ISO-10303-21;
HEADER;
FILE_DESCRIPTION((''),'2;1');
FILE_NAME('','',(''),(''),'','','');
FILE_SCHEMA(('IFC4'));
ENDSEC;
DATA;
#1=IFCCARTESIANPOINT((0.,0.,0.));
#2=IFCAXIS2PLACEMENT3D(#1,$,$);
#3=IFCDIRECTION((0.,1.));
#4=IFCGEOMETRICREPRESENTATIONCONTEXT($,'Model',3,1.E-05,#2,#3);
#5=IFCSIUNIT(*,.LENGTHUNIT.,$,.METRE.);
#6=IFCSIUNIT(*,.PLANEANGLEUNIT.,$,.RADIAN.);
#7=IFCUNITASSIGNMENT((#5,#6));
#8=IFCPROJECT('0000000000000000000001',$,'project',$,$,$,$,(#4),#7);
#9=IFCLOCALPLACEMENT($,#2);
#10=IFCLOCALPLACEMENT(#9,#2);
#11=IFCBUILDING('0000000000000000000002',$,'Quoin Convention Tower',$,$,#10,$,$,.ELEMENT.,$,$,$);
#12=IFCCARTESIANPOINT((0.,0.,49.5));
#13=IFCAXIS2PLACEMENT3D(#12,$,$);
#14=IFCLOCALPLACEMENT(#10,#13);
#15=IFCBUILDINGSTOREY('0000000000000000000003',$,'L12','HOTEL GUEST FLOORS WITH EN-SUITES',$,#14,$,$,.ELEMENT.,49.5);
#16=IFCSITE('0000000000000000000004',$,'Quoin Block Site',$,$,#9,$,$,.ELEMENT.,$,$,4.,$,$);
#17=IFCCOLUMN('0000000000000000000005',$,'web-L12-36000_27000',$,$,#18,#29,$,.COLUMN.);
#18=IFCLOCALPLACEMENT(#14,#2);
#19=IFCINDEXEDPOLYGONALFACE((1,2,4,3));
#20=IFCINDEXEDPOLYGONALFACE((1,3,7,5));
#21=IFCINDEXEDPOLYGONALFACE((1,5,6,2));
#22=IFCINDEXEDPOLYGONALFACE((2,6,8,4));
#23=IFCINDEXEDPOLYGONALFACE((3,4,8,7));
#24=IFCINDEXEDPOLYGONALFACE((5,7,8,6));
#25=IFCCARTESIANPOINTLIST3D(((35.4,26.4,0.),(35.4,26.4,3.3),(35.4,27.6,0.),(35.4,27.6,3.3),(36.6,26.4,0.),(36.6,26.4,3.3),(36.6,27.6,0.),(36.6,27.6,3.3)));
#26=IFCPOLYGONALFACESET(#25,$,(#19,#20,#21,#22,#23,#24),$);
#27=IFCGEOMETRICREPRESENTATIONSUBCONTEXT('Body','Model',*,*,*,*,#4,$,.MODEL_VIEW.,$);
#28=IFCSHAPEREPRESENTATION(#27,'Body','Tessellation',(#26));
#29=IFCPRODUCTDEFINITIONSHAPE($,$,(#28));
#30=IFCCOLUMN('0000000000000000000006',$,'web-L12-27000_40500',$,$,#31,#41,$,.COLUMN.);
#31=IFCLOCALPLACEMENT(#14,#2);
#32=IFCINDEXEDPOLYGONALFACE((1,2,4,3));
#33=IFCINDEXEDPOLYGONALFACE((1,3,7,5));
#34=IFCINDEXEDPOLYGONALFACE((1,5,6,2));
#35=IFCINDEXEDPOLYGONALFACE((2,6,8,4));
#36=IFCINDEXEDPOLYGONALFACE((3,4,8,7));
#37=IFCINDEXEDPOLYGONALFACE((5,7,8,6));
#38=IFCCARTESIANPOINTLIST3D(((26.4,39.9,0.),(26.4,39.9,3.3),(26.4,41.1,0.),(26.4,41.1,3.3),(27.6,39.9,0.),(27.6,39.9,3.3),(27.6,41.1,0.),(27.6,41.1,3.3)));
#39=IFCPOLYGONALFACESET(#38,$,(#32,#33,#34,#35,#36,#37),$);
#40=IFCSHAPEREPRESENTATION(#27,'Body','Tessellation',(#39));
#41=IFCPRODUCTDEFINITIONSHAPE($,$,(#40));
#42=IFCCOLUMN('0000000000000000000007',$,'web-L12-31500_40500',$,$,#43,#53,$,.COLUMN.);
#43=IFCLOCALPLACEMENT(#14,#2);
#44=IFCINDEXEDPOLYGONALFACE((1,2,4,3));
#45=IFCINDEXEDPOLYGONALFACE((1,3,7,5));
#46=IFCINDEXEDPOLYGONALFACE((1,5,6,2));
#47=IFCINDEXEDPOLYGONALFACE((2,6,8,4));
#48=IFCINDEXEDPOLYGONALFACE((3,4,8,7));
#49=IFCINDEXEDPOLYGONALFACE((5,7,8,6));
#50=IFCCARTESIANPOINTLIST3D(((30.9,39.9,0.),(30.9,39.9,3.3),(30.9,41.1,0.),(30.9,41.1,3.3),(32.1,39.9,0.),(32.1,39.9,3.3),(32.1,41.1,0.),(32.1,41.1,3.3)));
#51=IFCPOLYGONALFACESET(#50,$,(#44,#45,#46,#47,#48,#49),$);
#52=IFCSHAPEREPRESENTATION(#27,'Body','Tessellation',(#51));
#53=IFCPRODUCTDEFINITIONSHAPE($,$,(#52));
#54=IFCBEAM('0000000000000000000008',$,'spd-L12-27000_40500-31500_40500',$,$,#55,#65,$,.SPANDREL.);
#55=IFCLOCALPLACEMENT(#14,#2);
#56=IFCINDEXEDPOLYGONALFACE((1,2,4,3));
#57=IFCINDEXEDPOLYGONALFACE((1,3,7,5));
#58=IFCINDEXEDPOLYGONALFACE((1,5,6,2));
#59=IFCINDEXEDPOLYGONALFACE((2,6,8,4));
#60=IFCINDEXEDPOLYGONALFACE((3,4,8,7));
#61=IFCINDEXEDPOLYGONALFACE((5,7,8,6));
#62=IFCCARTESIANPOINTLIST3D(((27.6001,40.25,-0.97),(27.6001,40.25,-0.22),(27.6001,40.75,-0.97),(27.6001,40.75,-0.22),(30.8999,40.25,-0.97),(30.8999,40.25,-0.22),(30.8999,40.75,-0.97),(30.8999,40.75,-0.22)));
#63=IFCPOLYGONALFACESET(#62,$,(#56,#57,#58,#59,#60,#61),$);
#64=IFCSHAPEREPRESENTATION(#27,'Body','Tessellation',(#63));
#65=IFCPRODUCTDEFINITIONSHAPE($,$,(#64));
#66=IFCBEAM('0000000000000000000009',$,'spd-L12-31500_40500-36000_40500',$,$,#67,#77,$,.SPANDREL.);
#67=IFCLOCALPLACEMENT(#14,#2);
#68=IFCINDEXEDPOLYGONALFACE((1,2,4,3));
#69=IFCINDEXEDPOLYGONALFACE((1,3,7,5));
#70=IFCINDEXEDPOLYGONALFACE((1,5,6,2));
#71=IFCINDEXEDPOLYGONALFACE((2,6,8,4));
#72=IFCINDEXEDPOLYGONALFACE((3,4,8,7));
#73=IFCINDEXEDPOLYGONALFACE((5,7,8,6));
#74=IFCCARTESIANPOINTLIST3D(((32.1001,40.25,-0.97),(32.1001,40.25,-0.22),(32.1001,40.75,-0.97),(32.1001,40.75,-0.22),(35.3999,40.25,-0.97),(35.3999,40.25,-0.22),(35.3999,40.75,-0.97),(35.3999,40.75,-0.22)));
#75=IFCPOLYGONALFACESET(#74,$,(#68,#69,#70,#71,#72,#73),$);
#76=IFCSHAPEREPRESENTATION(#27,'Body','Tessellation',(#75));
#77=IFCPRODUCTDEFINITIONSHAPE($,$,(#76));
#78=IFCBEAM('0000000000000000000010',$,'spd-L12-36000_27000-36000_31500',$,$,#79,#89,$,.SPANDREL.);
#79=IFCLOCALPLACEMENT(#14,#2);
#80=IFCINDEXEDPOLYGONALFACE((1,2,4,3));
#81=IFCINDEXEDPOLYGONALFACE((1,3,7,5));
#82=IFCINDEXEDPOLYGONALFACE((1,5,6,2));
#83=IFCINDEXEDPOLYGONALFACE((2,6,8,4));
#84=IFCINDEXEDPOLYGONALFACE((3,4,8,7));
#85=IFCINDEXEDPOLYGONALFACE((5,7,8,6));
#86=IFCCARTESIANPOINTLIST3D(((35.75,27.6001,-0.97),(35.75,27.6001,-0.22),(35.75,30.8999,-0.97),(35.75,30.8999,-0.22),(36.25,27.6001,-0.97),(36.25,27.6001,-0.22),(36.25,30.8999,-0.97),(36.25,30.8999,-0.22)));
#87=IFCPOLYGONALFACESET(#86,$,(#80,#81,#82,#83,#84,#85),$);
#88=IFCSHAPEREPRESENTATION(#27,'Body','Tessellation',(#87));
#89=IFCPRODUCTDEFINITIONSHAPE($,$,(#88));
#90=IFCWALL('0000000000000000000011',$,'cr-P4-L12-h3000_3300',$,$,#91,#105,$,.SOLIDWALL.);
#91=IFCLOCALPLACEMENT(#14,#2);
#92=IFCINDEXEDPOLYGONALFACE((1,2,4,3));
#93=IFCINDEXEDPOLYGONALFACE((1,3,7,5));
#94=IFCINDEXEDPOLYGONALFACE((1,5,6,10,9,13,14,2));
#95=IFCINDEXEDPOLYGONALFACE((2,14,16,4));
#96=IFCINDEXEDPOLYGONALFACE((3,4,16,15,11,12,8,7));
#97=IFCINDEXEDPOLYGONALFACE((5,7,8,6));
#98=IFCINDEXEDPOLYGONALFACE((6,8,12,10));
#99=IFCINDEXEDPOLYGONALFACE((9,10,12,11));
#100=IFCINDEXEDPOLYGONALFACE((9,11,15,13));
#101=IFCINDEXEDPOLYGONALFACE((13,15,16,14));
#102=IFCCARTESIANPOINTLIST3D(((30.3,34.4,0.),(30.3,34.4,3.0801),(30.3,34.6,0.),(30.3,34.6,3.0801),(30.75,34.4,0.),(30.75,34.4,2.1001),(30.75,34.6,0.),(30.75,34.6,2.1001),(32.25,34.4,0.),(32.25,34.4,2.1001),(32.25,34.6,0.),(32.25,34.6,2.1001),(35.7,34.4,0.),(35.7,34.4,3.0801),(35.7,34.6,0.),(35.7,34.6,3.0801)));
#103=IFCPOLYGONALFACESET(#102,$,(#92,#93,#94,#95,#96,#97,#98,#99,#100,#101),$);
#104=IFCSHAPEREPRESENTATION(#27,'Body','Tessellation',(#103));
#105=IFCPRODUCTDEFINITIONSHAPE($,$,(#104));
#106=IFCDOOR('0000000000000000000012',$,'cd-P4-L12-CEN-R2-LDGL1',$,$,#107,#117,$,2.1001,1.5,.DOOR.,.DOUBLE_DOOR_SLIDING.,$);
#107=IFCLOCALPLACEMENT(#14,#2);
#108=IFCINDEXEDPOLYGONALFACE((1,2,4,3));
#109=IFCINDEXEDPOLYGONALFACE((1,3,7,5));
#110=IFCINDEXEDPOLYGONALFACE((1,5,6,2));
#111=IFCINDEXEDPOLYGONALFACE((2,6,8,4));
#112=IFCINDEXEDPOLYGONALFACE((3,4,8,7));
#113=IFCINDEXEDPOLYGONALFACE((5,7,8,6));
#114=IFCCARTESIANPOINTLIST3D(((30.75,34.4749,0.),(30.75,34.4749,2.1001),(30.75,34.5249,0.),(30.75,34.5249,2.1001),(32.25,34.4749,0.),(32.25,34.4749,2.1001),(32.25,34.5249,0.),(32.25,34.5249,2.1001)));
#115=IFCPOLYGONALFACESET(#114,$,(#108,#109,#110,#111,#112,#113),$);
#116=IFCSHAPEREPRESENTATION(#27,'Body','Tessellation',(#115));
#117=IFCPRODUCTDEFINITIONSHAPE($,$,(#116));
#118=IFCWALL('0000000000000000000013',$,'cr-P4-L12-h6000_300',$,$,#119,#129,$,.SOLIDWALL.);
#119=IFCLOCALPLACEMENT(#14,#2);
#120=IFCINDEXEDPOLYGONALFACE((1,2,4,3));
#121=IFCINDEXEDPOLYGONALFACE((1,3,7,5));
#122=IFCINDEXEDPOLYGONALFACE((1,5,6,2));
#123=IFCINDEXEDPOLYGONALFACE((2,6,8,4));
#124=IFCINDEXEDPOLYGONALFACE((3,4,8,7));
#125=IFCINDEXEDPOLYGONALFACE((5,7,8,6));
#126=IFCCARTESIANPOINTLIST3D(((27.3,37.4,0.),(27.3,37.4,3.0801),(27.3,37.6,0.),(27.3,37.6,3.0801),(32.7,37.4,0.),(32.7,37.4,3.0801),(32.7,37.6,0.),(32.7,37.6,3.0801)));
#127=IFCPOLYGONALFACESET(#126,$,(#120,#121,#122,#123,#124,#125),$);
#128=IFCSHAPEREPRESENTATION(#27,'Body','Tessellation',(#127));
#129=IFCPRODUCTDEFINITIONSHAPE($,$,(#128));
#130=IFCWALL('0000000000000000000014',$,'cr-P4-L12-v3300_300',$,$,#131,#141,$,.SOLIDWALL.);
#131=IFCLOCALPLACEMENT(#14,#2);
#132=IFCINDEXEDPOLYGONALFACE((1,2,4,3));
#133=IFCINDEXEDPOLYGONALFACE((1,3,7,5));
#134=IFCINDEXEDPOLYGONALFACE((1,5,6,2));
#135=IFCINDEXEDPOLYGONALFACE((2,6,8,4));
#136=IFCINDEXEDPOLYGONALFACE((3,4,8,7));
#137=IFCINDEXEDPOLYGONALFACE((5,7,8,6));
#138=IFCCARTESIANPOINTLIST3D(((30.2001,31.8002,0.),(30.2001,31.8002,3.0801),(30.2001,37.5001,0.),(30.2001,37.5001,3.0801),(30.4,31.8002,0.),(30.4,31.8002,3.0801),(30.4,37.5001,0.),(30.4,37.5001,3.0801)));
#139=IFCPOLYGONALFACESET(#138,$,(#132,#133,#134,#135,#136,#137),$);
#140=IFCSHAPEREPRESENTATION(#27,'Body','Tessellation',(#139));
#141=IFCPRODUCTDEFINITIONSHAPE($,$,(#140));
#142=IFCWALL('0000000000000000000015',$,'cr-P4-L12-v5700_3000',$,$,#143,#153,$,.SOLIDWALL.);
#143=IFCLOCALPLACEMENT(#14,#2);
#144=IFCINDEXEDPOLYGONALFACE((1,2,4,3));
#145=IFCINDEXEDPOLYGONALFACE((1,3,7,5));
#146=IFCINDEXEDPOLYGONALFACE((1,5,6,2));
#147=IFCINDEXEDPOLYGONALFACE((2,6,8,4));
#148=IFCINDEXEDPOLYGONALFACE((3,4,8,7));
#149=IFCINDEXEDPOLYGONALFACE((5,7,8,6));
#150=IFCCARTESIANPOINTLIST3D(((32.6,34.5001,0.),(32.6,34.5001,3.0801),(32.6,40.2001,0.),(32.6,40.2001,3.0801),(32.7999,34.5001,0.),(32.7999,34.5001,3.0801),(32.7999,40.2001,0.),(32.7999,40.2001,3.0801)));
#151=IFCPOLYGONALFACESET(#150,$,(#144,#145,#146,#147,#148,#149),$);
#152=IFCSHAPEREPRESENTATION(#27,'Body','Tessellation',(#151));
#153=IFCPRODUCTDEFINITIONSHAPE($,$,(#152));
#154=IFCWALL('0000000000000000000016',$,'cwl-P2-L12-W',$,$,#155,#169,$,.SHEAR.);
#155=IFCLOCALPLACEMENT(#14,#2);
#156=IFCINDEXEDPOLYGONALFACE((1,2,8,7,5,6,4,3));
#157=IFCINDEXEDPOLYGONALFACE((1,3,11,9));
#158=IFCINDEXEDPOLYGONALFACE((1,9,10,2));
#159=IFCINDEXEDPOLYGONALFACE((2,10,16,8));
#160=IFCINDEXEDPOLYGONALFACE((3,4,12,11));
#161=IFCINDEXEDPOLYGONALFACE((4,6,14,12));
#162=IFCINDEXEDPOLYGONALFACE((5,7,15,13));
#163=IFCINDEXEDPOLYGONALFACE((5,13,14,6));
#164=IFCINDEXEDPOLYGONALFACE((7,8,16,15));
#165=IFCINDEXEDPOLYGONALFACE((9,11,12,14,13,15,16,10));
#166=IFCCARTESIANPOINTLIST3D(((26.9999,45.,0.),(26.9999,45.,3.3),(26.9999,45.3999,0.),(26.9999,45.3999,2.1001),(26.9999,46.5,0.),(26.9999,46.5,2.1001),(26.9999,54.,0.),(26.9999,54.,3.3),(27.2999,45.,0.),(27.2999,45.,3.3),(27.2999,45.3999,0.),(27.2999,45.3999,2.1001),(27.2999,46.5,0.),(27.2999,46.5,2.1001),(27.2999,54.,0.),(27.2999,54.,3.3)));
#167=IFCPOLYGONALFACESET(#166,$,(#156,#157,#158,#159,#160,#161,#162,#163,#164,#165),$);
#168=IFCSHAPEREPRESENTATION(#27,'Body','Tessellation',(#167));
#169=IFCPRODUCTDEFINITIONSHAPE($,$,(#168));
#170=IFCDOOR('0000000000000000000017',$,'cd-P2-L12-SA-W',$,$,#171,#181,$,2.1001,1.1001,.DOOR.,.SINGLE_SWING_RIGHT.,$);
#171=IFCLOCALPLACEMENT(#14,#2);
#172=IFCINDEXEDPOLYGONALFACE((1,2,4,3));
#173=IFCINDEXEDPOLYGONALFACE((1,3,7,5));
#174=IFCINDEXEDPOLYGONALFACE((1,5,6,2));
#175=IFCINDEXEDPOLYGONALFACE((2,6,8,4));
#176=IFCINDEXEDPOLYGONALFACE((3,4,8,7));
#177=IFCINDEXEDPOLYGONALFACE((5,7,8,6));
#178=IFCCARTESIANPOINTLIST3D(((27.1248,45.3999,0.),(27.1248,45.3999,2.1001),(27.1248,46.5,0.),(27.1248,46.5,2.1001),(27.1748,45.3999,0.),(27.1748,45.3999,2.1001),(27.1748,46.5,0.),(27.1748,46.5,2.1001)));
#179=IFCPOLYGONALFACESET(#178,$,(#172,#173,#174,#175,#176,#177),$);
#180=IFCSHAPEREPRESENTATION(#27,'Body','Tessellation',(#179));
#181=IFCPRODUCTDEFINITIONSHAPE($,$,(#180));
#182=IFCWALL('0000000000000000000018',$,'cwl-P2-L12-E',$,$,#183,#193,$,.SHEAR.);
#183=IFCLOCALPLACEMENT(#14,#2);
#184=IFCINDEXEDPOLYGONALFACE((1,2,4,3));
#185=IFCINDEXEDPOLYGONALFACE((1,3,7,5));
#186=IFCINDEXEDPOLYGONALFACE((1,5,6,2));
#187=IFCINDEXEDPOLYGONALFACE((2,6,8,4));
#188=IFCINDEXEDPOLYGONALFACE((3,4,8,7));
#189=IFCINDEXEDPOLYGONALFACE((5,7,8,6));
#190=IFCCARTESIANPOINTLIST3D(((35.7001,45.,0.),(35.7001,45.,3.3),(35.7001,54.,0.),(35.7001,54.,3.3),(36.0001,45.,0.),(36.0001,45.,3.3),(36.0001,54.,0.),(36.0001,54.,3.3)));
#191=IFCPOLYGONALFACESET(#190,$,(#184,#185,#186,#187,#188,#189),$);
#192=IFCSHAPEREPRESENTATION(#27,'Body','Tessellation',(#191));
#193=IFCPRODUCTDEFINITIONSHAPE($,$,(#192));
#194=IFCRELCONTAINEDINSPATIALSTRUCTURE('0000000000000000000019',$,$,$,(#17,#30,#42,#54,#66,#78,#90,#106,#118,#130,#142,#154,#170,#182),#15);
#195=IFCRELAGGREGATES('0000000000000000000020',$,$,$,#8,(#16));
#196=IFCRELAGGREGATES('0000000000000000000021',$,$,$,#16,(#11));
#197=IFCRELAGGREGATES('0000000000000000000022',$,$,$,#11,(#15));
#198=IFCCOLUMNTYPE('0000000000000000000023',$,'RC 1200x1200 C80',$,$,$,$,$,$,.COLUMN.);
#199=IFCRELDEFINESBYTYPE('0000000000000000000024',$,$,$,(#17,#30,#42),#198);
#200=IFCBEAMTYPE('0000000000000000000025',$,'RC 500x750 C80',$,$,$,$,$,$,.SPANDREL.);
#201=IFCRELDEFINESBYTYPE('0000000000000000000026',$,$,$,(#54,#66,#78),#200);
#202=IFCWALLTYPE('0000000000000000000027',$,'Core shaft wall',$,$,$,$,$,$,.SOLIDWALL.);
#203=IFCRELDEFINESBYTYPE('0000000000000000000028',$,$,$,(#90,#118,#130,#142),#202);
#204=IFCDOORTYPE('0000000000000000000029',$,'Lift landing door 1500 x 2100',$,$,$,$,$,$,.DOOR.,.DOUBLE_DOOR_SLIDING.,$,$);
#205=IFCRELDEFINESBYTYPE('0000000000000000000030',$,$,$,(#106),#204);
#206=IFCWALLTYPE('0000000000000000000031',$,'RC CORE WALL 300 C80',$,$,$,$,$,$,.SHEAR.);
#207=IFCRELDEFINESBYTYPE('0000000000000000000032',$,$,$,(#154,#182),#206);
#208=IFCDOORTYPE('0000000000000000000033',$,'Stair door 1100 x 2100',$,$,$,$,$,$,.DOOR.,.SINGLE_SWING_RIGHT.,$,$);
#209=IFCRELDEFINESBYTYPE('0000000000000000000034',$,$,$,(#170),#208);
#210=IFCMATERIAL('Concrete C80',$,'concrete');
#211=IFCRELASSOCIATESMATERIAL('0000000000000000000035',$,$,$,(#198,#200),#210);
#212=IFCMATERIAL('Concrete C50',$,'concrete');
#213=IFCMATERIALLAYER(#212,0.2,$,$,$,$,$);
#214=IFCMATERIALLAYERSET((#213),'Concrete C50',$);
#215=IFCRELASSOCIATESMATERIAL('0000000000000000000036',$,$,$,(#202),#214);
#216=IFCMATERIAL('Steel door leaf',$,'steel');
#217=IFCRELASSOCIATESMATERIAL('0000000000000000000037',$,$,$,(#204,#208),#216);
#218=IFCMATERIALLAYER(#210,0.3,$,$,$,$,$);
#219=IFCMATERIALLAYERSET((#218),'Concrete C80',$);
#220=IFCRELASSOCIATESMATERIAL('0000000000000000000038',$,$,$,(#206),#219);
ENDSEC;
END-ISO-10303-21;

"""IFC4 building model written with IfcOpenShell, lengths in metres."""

from ifc_helpers import new_model, si_unit, direction, frame, frame_2d, origin, origin_2d, place, context, subcontext, project, spatial, rectangle, extrude, material, layer, layer_set, material_profile, profile_set, type_object, element, fill, save


model = new_model("IFC4")

# Units and contexts
model_context = context("Model", 3, precision=1e-05, world=origin(), true_north=direction((0.0, 1.0)))
body_context = subcontext(model_context, "Body", "Model", "MODEL_VIEW")
ifc_project = project(units=[si_unit("LENGTHUNIT", "METRE"), si_unit("PLANEANGLEUNIT", "RADIAN")], contexts=[model_context])

# Site, building, storey
site_placement = place(None, origin())
site = spatial("IfcSite", under=ifc_project, at=site_placement, Name="Quoin Block Site", CompositionType="ELEMENT", RefElevation=4.0)
building_placement = place(site_placement, origin())
building = spatial("IfcBuilding", under=site, at=building_placement, Name="Quoin Convention Tower", CompositionType="ELEMENT")
storey_placement = place(building_placement, frame((0.0, 0.0, 49.5)))
storey = spatial("IfcBuildingStorey", under=building, at=storey_placement, Name="L12", Description="HOTEL GUEST FLOORS WITH EN-SUITES", CompositionType="ELEMENT", Elevation=49.5)

# Columns
ifc_material_1 = material(Name="Concrete C80", Category="concrete")
ifc_material_profile_1 = material_profile(ifc_material_1, rectangle(XDim=1.2, YDim=1.2, at=origin_2d()), Name="RC 1200x1200")
ifc_profile_set_1 = profile_set([ifc_material_profile_1], Name="Concrete C80")
column_type = type_object("IfcColumnType", Name="RC 1200x1200 C80", PredefinedType="COLUMN", material=ifc_profile_set_1)
for number, where, z_axis, x_axis, name in (
    (1, (36.0, 27.0, 0.0), (0.0, 0.0, 1.0), (1.0, 0.0, 0.0), "web-L12-36000_27000"),
    (2, (27.0, 40.5, 0.0), (0.0, 0.0, 1.0), (1.0, 0.0, 0.0), "web-L12-27000_40500"),
    (3, (31.5, 40.5, 0.0), (0.0, 0.0, 1.0), (1.0, 0.0, 0.0), "web-L12-31500_40500"),
):
    element("IfcColumn", number, at=place(storey_placement, frame(where, z_axis=z_axis, x_axis=x_axis)), inside=storey, type_object=column_type, Name=name, PredefinedType="COLUMN", context=body_context, shape_type="SweptSolid", body=[
        extrude(rectangle(XDim=1.2, YDim=1.2, at=origin_2d()), origin(), (0.0, 0.0, 1.0), 3.3),
    ])

# Beams
ifc_material_profile_2 = material_profile(ifc_material_1, rectangle(XDim=0.5, YDim=0.75, at=origin_2d()), Name="RC 500x750")
ifc_profile_set_2 = profile_set([ifc_material_profile_2], Name="Concrete C80")
beam_type = type_object("IfcBeamType", Name="RC 500x750 C80", PredefinedType="SPANDREL", material=ifc_profile_set_2)
for number, where, z_axis, x_axis, name in (
    (4, (27.6001, 40.5, -0.595), (1.0, 0.0, 0.0), (0.0, 1.0, 0.0), "spd-L12-27000_40500-31500_40500"),
    (5, (32.1001, 40.5, -0.595), (1.0, 0.0, 0.0), (0.0, 1.0, 0.0), "spd-L12-31500_40500-36000_40500"),
    (6, (36.0, 27.6001, -0.595), (0.0, 1.0, 0.0), (-1.0, 0.0, 0.0), "spd-L12-36000_27000-36000_31500"),
):
    element("IfcBeam", number, at=place(storey_placement, frame(where, z_axis=z_axis, x_axis=x_axis)), inside=storey, type_object=beam_type, Name=name, PredefinedType="SPANDREL", context=body_context, shape_type="SweptSolid", body=[
        extrude(rectangle(XDim=0.5, YDim=0.75, at=origin_2d()), origin(), (0.0, 0.0, 1.0), 3.2998),
    ])

# Wall, opening, door
ifc_material_2 = material(Name="Concrete C50", Category="concrete")
ifc_layer_1 = layer(ifc_material_2, 0.2)
ifc_layer_set_1 = layer_set([ifc_layer_1], Name="Concrete C50")
wall_type_1 = type_object("IfcWallType", Name="Core shaft wall", PredefinedType="SOLIDWALL", material=ifc_layer_set_1)
wall_1_placement = place(storey_placement, frame((30.3, 34.5, 0.0), z_axis=(0.0, 0.0, 1.0), x_axis=(1.0, 0.0, 0.0)))
wall_1 = element("IfcWall", 7, at=wall_1_placement, inside=storey, type_object=wall_type_1, Name="cr-P4-L12-h3000_3300", PredefinedType="SOLIDWALL", context=body_context, shape_type="SweptSolid", body=[
    extrude(rectangle(XDim=5.3999, YDim=0.2, at=frame_2d((2.7, 0.0))), origin(), (0.0, 0.0, 1.0), 3.0801),
])
opening_1_placement = place(wall_1_placement, frame((0.45, 0.0, 0.0)))
opening_1 = element("IfcOpeningElement", 8, at=opening_1_placement, cuts=wall_1, PredefinedType="OPENING", context=body_context, shape_type="SweptSolid", body=[
    extrude(rectangle(XDim=1.5, YDim=2.1001, at=frame_2d((0.75, 1.05))), frame((0.0, 0.1099, 0.0), z_axis=(0.0, -1.0, 0.0), x_axis=(1.0, 0.0, 0.0)), (0.0, 0.0, 1.0), 0.22),
])
ifc_material_3 = material(Name="Steel door leaf", Category="steel")
door_type_1 = type_object("IfcDoorType", Name="Lift landing door 1500 x 2100", OperationType="DOUBLE_DOOR_SLIDING", PredefinedType="DOOR", material=ifc_material_3)
door_1_placement = place(opening_1_placement, origin())
door_1 = element("IfcDoor", 9, at=door_1_placement, inside=storey, type_object=door_type_1, Name="cd-P4-L12-CEN-R2-LDGL1", OperationType="DOUBLE_DOOR_SLIDING", OverallHeight=2.1001, OverallWidth=1.5, PredefinedType="DOOR", context=body_context, shape_type="SweptSolid", body=[
    extrude(rectangle(XDim=1.5, YDim=2.1001, at=frame_2d((0.75, 1.05))), frame((0.0, 0.0249, 0.0), z_axis=(0.0, -1.0, 0.0), x_axis=(1.0, 0.0, 0.0)), (0.0, 0.0, 1.0), 0.05),
])
fill(opening_1, door_1)

# Walls
wall_2_placement = place(storey_placement, frame((27.3, 37.5, 0.0), z_axis=(0.0, 0.0, 1.0), x_axis=(1.0, 0.0, 0.0)))
element("IfcWall", 10, at=wall_2_placement, inside=storey, type_object=wall_type_1, Name="cr-P4-L12-h6000_300", PredefinedType="SOLIDWALL", context=body_context, shape_type="SweptSolid", body=[
    extrude(rectangle(XDim=5.3999, YDim=0.2, at=frame_2d((2.7, 0.0))), origin(), (0.0, 0.0, 1.0), 3.0801),
])
for number, where, z_axis, x_axis, name in (
    (11, (30.3, 31.8, 0.0), (0.0, 0.0, 1.0), (0.0, 1.0, 0.0), "cr-P4-L12-v3300_300"),
    (12, (32.7, 34.5, 0.0), (0.0, 0.0, 1.0), (0.0, 1.0, 0.0), "cr-P4-L12-v5700_3000"),
):
    element("IfcWall", number, at=place(storey_placement, frame(where, z_axis=z_axis, x_axis=x_axis)), inside=storey, type_object=wall_type_1, Name=name, PredefinedType="SOLIDWALL", context=body_context, shape_type="SweptSolid", body=[
        extrude(rectangle(XDim=5.7, YDim=0.2, at=frame_2d((2.8501, 0.0))), origin(), (0.0, 0.0, 1.0), 3.0801),
    ])

# Wall, opening, door
ifc_layer_2 = layer(ifc_material_1, 0.3)
ifc_layer_set_2 = layer_set([ifc_layer_2], Name="Concrete C80")
wall_type_2 = type_object("IfcWallType", Name="RC CORE WALL 300 C80", PredefinedType="SHEAR", material=ifc_layer_set_2)
wall_3_placement = place(storey_placement, frame((27.1499, 45.0, 0.0), z_axis=(0.0, 0.0, 1.0), x_axis=(0.0, 1.0, 0.0)))
wall_3 = element("IfcWall", 13, at=wall_3_placement, inside=storey, type_object=wall_type_2, Name="cwl-P2-L12-W", PredefinedType="SHEAR", context=body_context, shape_type="SweptSolid", body=[
    extrude(rectangle(XDim=9.0, YDim=0.3, at=frame_2d((4.5, 0.0))), origin(), (0.0, 0.0, 1.0), 3.3),
])
opening_2_placement = place(wall_3_placement, frame((0.3999, 0.0, 0.0)))
opening_2 = element("IfcOpeningElement", 14, at=opening_2_placement, cuts=wall_3, PredefinedType="OPENING", context=body_context, shape_type="SweptSolid", body=[
    extrude(rectangle(XDim=1.1001, YDim=2.1001, at=frame_2d((0.55, 1.05))), frame((0.0, 0.1599, 0.0), z_axis=(0.0, -1.0, 0.0), x_axis=(1.0, 0.0, 0.0)), (0.0, 0.0, 1.0), 0.3201),
])
door_type_2 = type_object("IfcDoorType", Name="Stair door 1100 x 2100", OperationType="SINGLE_SWING_RIGHT", PredefinedType="DOOR", material=ifc_material_3)
door_2_placement = place(opening_2_placement, frame((1.1001, 0.0, 0.0), z_axis=(0.0, 0.0, 1.0), x_axis=(-1.0, 0.0, 0.0)))
door_2 = element("IfcDoor", 15, at=door_2_placement, inside=storey, type_object=door_type_2, Name="cd-P2-L12-SA-W", OperationType="SINGLE_SWING_RIGHT", OverallHeight=2.1001, OverallWidth=1.1001, PredefinedType="DOOR", context=body_context, shape_type="SweptSolid", body=[
    extrude(rectangle(XDim=1.1001, YDim=2.1001, at=frame_2d((0.55, 1.05))), frame((0.0, 0.0249, 0.0), z_axis=(0.0, -1.0, 0.0), x_axis=(1.0, 0.0, 0.0)), (0.0, 0.0, 1.0), 0.05),
])
fill(opening_2, door_2)

# Wall
wall_4_placement = place(storey_placement, frame((35.8501, 45.0, 0.0), z_axis=(0.0, 0.0, 1.0), x_axis=(0.0, 1.0, 0.0)))
element("IfcWall", 16, at=wall_4_placement, inside=storey, type_object=wall_type_2, Name="cwl-P2-L12-E", PredefinedType="SHEAR", context=body_context, shape_type="SweptSolid", body=[
    extrude(rectangle(XDim=9.0, YDim=0.3, at=frame_2d((4.5, 0.0))), origin(), (0.0, 0.0, 1.0), 3.3),
])

save(model, "model.ifc")
